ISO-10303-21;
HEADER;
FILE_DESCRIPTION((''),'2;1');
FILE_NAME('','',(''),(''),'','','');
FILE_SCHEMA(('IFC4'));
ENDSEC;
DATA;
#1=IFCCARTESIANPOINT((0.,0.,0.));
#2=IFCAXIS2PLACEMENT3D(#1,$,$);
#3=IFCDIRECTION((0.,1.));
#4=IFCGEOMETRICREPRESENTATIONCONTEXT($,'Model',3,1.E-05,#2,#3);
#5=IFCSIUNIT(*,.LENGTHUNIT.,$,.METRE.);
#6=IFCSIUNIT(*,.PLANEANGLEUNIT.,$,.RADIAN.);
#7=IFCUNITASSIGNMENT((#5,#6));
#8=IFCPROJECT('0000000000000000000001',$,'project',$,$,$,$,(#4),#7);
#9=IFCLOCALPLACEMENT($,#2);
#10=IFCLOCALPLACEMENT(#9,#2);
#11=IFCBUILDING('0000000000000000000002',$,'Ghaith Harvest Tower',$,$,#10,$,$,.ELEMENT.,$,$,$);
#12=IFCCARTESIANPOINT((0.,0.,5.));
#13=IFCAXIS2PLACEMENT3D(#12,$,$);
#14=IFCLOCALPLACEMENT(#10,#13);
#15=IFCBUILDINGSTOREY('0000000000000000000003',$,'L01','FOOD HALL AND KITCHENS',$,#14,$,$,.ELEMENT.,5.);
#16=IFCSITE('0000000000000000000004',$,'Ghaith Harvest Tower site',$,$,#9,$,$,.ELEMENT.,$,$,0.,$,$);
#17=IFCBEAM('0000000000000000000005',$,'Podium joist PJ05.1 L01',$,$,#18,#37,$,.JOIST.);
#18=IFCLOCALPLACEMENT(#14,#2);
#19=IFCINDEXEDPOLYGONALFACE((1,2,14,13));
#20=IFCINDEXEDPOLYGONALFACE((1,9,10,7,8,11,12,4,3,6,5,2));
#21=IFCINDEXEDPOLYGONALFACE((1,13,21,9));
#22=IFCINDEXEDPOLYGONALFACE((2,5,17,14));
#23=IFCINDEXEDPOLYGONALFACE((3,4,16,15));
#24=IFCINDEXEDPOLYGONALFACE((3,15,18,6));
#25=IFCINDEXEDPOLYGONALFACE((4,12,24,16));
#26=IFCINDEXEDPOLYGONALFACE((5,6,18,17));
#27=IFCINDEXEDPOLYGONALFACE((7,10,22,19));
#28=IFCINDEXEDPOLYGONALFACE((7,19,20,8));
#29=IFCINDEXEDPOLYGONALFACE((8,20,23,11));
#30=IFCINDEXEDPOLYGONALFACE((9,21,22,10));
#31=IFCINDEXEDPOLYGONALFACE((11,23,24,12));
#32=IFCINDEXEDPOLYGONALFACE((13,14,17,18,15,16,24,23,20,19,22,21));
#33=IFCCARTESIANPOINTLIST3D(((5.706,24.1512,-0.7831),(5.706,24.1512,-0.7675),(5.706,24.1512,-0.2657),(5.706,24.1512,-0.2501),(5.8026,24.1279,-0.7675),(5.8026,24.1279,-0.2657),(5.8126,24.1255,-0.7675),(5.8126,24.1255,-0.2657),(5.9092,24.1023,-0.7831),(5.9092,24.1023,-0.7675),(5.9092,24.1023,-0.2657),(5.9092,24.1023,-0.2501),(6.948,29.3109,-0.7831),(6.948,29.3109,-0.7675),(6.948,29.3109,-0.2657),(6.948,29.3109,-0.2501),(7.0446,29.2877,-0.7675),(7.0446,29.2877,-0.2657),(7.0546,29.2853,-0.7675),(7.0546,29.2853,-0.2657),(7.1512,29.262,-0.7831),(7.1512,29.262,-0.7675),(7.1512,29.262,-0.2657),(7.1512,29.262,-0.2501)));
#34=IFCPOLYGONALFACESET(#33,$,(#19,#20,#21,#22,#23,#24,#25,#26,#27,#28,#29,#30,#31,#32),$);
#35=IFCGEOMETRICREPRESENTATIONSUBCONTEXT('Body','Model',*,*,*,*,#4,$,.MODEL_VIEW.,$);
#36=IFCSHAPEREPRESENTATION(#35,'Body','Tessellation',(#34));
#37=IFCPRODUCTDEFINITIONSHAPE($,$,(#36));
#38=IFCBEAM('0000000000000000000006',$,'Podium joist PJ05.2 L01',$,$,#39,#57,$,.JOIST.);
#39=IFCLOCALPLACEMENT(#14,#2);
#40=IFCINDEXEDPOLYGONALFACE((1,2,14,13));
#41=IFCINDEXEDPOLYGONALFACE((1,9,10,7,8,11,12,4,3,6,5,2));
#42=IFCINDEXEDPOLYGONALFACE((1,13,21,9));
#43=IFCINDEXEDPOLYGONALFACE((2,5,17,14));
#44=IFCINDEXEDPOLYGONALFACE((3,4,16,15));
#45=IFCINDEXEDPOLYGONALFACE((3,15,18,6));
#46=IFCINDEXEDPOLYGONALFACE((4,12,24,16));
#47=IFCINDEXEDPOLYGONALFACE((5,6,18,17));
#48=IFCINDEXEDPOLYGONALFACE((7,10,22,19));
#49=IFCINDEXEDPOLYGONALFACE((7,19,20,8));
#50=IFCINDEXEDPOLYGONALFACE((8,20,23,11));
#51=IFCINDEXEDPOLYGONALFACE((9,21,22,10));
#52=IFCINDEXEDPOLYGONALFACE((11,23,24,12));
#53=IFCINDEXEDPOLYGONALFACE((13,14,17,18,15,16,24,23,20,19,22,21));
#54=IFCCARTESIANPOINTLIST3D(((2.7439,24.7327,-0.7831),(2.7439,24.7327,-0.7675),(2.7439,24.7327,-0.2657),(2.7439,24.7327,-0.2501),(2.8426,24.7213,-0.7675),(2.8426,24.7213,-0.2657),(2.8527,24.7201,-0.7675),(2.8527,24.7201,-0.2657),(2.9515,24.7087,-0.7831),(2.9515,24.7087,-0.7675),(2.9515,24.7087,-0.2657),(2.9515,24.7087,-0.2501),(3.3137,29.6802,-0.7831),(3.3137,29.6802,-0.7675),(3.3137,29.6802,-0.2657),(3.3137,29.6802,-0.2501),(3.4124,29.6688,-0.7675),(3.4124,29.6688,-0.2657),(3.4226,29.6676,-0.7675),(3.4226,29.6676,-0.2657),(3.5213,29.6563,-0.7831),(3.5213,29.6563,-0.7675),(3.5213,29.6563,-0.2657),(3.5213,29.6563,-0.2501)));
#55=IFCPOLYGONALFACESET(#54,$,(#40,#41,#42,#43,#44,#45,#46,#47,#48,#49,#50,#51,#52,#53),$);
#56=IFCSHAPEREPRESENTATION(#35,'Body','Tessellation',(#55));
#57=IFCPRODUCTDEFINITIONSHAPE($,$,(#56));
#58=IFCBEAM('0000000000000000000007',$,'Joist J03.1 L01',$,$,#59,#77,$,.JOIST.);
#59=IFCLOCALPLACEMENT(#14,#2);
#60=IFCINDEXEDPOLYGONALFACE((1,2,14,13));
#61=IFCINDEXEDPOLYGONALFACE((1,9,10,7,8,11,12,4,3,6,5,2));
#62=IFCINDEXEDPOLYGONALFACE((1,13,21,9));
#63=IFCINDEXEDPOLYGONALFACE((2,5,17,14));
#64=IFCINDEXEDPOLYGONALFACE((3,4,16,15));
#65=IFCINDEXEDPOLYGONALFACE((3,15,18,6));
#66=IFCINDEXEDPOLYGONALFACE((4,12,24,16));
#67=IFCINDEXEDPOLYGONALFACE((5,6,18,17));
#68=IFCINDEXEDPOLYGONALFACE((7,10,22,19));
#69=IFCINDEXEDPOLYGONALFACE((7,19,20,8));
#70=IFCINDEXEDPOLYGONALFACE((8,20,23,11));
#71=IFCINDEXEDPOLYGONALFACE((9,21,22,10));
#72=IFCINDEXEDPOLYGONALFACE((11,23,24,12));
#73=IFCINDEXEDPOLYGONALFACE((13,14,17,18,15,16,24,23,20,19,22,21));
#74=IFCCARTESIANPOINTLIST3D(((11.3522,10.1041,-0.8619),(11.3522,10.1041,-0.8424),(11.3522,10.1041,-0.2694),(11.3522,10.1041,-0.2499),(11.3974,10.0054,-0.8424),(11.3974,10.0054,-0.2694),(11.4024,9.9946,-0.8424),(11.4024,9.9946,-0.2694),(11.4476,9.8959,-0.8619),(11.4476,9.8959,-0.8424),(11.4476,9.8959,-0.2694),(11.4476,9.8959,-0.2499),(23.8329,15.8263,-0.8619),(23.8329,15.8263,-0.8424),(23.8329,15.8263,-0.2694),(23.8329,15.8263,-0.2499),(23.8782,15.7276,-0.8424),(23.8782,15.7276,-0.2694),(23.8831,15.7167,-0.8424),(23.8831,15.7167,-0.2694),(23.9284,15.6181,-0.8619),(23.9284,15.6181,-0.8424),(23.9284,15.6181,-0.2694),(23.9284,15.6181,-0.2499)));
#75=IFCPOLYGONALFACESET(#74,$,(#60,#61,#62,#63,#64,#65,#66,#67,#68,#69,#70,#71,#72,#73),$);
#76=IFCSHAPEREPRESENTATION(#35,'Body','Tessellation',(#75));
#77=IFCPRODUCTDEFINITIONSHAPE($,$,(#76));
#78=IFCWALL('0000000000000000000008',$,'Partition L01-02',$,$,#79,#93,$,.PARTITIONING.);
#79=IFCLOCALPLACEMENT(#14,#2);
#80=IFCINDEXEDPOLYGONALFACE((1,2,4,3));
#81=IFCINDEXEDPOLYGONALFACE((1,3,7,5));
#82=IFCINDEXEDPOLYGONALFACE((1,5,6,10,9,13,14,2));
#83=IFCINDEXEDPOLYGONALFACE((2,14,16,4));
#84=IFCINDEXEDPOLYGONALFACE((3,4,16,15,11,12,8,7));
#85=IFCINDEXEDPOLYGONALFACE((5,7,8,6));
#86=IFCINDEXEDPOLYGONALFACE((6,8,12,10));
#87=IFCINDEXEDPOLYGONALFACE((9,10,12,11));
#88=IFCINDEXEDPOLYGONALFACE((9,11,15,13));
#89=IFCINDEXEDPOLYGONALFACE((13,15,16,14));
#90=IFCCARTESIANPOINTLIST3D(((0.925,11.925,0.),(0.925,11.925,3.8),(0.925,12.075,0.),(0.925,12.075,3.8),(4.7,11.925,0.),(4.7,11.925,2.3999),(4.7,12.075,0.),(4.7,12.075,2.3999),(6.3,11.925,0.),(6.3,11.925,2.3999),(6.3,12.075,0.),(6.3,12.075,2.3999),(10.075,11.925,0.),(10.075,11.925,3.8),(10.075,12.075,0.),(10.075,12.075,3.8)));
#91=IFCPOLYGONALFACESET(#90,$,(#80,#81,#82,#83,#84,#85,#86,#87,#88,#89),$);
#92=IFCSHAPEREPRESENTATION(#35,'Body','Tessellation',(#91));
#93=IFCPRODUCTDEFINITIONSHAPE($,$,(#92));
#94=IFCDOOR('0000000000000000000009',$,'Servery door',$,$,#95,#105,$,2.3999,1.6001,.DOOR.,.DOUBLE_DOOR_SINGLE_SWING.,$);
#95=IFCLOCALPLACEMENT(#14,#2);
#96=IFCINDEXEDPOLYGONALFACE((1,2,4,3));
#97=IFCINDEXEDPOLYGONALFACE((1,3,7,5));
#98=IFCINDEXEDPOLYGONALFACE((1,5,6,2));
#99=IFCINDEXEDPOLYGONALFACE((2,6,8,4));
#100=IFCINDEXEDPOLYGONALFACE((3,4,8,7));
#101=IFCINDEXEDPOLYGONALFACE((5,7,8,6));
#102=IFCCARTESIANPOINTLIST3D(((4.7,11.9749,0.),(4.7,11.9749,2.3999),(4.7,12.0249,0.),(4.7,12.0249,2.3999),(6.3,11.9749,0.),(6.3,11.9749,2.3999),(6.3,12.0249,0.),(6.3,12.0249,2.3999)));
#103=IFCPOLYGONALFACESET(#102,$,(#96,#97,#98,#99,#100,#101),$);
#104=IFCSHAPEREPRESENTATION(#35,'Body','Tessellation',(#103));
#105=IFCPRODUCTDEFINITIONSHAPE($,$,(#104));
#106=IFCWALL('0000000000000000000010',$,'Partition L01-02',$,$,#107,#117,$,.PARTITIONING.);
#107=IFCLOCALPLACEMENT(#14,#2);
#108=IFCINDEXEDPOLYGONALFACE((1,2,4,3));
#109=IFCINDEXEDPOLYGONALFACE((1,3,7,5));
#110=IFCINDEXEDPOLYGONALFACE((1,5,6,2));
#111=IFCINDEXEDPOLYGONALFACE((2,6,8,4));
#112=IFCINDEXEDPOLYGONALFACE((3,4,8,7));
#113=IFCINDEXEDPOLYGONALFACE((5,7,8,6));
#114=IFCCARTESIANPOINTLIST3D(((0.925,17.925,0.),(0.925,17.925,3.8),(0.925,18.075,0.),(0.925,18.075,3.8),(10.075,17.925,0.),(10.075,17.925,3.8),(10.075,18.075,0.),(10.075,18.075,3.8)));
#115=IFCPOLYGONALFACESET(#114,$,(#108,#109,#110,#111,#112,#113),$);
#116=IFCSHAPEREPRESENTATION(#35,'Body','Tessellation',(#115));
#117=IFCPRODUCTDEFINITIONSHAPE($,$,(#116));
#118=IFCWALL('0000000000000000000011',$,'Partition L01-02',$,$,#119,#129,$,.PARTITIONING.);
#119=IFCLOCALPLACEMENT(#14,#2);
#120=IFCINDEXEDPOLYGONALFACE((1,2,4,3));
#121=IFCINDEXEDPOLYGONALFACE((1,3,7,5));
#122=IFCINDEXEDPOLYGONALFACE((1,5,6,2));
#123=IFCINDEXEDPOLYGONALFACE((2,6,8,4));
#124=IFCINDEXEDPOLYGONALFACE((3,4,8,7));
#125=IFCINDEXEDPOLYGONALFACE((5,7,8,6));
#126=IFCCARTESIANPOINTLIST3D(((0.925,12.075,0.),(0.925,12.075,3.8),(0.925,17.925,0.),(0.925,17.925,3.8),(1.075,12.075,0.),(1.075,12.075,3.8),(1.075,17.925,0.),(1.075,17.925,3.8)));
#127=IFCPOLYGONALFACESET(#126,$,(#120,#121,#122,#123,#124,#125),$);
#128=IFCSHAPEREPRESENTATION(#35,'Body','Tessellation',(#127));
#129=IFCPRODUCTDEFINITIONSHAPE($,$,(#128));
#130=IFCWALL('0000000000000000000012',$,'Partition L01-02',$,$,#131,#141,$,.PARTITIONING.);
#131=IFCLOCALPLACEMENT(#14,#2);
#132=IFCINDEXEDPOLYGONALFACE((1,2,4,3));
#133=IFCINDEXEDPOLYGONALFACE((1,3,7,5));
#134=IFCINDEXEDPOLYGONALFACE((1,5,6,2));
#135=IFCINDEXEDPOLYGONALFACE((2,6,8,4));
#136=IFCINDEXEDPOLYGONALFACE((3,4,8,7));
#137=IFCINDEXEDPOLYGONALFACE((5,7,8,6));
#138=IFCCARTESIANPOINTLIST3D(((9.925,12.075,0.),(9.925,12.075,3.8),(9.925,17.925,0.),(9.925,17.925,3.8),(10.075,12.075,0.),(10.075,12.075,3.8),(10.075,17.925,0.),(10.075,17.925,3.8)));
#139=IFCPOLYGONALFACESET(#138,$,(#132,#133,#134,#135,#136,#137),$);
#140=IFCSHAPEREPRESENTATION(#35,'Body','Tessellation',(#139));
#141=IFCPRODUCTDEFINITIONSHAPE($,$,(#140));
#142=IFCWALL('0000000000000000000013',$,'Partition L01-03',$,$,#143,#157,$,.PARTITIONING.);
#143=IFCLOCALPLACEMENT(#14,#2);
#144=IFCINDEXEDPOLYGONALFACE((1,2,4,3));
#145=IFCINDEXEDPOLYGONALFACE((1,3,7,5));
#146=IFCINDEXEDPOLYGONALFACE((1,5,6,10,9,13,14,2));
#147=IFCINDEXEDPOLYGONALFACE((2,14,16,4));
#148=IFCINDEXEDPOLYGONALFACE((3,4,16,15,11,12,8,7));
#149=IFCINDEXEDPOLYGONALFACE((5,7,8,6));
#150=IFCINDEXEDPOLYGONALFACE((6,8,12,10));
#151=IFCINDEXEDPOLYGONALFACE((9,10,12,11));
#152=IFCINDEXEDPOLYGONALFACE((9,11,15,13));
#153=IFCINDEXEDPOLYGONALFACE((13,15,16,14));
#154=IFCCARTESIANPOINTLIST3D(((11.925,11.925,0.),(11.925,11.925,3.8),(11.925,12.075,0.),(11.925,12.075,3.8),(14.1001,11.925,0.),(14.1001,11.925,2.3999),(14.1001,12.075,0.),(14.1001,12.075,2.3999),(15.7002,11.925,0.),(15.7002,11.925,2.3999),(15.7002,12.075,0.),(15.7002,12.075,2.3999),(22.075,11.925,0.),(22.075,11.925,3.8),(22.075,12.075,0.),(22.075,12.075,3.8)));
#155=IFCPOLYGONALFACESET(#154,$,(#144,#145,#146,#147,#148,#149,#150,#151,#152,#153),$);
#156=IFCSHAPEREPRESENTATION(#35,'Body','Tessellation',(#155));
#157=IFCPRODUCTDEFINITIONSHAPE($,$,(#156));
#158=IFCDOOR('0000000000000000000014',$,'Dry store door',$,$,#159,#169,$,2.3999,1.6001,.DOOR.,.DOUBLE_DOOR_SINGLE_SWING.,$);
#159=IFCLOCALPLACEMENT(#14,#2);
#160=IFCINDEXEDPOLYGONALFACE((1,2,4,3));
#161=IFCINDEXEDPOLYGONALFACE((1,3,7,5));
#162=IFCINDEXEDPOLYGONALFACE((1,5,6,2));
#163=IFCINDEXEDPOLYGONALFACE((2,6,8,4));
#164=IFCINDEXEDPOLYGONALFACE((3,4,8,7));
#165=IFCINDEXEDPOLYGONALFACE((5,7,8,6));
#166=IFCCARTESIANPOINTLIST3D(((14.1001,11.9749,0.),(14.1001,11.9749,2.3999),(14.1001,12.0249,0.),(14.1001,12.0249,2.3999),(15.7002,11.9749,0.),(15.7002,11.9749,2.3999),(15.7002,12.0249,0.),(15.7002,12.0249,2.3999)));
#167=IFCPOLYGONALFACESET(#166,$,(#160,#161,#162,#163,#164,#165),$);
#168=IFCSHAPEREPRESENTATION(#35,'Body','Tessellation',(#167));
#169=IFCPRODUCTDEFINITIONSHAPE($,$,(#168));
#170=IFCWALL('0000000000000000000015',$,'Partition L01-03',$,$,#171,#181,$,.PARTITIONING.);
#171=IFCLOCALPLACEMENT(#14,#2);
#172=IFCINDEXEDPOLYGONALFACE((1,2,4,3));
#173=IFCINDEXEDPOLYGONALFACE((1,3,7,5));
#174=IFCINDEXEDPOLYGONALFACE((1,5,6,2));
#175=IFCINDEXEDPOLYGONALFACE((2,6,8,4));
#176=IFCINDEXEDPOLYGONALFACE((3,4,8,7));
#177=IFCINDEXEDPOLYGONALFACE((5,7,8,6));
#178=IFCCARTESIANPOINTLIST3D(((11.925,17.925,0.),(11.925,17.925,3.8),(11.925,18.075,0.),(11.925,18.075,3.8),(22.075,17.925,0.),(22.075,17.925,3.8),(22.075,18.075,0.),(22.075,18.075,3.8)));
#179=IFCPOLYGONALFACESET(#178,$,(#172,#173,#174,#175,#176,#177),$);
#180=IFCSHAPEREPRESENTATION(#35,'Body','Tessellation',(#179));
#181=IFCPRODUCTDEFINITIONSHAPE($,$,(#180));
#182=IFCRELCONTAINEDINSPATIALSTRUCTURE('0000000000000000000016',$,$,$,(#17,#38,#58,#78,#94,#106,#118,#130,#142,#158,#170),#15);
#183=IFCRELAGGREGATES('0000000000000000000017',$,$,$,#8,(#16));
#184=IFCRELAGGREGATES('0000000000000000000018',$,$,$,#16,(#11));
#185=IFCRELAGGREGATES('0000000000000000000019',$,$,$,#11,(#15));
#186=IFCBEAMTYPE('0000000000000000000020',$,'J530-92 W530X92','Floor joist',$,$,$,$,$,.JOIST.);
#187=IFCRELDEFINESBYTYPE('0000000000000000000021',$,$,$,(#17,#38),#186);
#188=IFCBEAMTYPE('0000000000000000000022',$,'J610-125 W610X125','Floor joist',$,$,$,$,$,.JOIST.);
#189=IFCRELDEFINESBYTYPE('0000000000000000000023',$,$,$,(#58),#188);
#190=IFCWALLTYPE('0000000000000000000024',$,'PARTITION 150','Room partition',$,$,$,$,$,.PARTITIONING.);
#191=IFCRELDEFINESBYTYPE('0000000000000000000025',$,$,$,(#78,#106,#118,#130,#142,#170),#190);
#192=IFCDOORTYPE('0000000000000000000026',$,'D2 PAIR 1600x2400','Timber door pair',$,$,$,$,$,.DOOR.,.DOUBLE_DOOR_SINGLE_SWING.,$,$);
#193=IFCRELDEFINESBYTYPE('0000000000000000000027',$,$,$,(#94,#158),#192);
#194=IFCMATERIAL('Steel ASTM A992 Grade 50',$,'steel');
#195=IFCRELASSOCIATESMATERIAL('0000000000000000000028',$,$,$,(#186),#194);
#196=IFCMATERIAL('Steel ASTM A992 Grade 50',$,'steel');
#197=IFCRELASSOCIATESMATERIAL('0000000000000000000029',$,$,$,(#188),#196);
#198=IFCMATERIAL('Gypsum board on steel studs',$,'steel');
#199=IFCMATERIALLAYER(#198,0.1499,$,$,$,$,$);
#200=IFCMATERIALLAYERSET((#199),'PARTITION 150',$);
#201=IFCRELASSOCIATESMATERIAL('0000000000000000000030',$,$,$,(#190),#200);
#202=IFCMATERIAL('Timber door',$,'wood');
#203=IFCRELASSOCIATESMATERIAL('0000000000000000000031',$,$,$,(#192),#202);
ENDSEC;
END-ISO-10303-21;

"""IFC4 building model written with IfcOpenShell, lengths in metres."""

from ifc_helpers import new_model, si_unit, direction, frame, frame_2d, origin, origin_2d, place, context, subcontext, project, spatial, rectangle, i_section, extrude, material, layer, layer_set, material_profile, profile_set, type_object, element, fill, save


model = new_model("IFC4")

# Units and contexts
model_context = context("Model", 3, precision=1e-05, world=origin(), true_north=direction((0.0, 1.0)))
body_context = subcontext(model_context, "Body", "Model", "MODEL_VIEW")
ifc_project = project(units=[si_unit("LENGTHUNIT", "METRE"), si_unit("PLANEANGLEUNIT", "RADIAN")], contexts=[model_context])

# Site, building, storey
site_placement = place(None, origin())
site = spatial("IfcSite", under=ifc_project, at=site_placement, Name="Ghaith Harvest Tower site", CompositionType="ELEMENT", RefElevation=0.0)
building_placement = place(site_placement, origin())
building = spatial("IfcBuilding", under=site, at=building_placement, Name="Ghaith Harvest Tower", CompositionType="ELEMENT")
storey_placement = place(building_placement, frame((0.0, 0.0, 5.0)))
storey = spatial("IfcBuildingStorey", under=building, at=storey_placement, Name="L01", Description="FOOD HALL AND KITCHENS", CompositionType="ELEMENT", Elevation=5.0)

# Beams
ifc_material_1 = material(Name="Steel ASTM A992 Grade 50", Category="steel")
ifc_material_profile_1 = material_profile(ifc_material_1, i_section(OverallWidth=0.209, OverallDepth=0.533, WebThickness=0.0103, FlangeThickness=0.0156, at=origin_2d()), Name="W530X92")
ifc_profile_set_1 = profile_set([ifc_material_profile_1], Name="Steel ASTM A992 Grade 50")
beam_type_1 = type_object("IfcBeamType", Name="J530-92 W530X92", Description="Floor joist", PredefinedType="JOIST", material=ifc_profile_set_1)
beam_1_placement = place(storey_placement, frame((5.8076, 24.1267, -0.5166), z_axis=(0.234018, 0.972232, 0.0), x_axis=(-0.972232, 0.234018, 0.0)))
element("IfcBeam", 1, at=beam_1_placement, inside=storey, type_object=beam_type_1, Name="Podium joist PJ05.1 L01", PredefinedType="JOIST", context=body_context, shape_type="SweptSolid", body=[
    extrude(i_section(OverallWidth=0.209, OverallDepth=0.533, WebThickness=0.0103, FlangeThickness=0.0156, at=origin_2d()), origin(), (0.0, 0.0, 1.0), 5.3071),
])
beam_2_placement = place(storey_placement, frame((2.8477, 24.7207, -0.5166), z_axis=(0.114418, 0.993433, 0.0), x_axis=(-0.993433, 0.114418, 0.0)))
element("IfcBeam", 2, at=beam_2_placement, inside=storey, type_object=beam_type_1, Name="Podium joist PJ05.2 L01", PredefinedType="JOIST", context=body_context, shape_type="SweptSolid", body=[
    extrude(i_section(OverallWidth=0.209, OverallDepth=0.533, WebThickness=0.0103, FlangeThickness=0.0156, at=origin_2d()), origin(), (0.0, 0.0, 1.0), 4.9802),
])
ifc_material_2 = material(Name="Steel ASTM A992 Grade 50", Category="steel")
ifc_material_profile_2 = material_profile(ifc_material_2, i_section(OverallWidth=0.229, OverallDepth=0.6121, WebThickness=0.012, FlangeThickness=0.0195, at=origin_2d()), Name="W610X125")
ifc_profile_set_2 = profile_set([ifc_material_profile_2], Name="Steel ASTM A992 Grade 50")
beam_type_2 = type_object("IfcBeamType", Name="J610-125 W610X125", Description="Floor joist", PredefinedType="JOIST", material=ifc_profile_set_2)
beam_3_placement = place(storey_placement, frame((11.3999, 10.0, -0.5559), z_axis=(0.909014, 0.416766, 0.0), x_axis=(-0.416766, 0.909014, 0.0)))
element("IfcBeam", 3, at=beam_3_placement, inside=storey, type_object=beam_type_2, Name="Joist J03.1 L01", PredefinedType="JOIST", context=body_context, shape_type="SweptSolid", body=[
    extrude(i_section(OverallWidth=0.229, OverallDepth=0.6121, WebThickness=0.012, FlangeThickness=0.0195, at=origin_2d()), origin(), (0.0, 0.0, 1.0), 13.73),
])

# Wall, opening, door
ifc_material_3 = material(Name="Gypsum board on steel studs", Category="steel")
ifc_layer_1 = layer(ifc_material_3, 0.1499)
ifc_layer_set_1 = layer_set([ifc_layer_1], Name="PARTITION 150")
wall_type = type_object("IfcWallType", Name="PARTITION 150", Description="Room partition", PredefinedType="PARTITIONING", material=ifc_layer_set_1)
wall_1_placement = place(storey_placement, frame((0.925, 12.0, 0.0), z_axis=(0.0, 0.0, 1.0), x_axis=(1.0, 0.0, 0.0)))
wall_1 = element("IfcWall", 4, at=wall_1_placement, inside=storey, type_object=wall_type, Name="Partition L01-02", PredefinedType="PARTITIONING", context=body_context, shape_type="SweptSolid", body=[
    extrude(rectangle(XDim=9.1499, YDim=0.1499, at=frame_2d((4.575, 0.0))), origin(), (0.0, 0.0, 1.0), 3.8),
])
opening_1_placement = place(wall_1_placement, frame((3.7749, 0.0, 0.0)))
opening_1 = element("IfcOpeningElement", 5, at=opening_1_placement, cuts=wall_1, PredefinedType="OPENING", context=body_context, shape_type="SweptSolid", body=[
    extrude(rectangle(XDim=1.6001, YDim=2.3999, at=frame_2d((0.8, 1.2))), frame((0.0, 0.085, 0.0), z_axis=(0.0, -1.0, 0.0), x_axis=(1.0, 0.0, 0.0)), (0.0, 0.0, 1.0), 0.1699),
])
ifc_material_4 = material(Name="Timber door", Category="wood")
door_type = type_object("IfcDoorType", Name="D2 PAIR 1600x2400", Description="Timber door pair", OperationType="DOUBLE_DOOR_SINGLE_SWING", PredefinedType="DOOR", material=ifc_material_4)
door_1_placement = place(opening_1_placement, origin())
door_1 = element("IfcDoor", 6, at=door_1_placement, inside=storey, type_object=door_type, Name="Servery door", OperationType="DOUBLE_DOOR_SINGLE_SWING", OverallHeight=2.3999, OverallWidth=1.6001, PredefinedType="DOOR", context=body_context, shape_type="SweptSolid", body=[
    extrude(rectangle(XDim=1.6001, YDim=2.3999, at=frame_2d((0.8, 1.2))), frame((0.0, 0.0249, 0.0), z_axis=(0.0, -1.0, 0.0), x_axis=(1.0, 0.0, 0.0)), (0.0, 0.0, 1.0), 0.05),
])
fill(opening_1, door_1)

# Walls
wall_2_placement = place(storey_placement, frame((0.925, 18.0, 0.0), z_axis=(0.0, 0.0, 1.0), x_axis=(1.0, 0.0, 0.0)))
element("IfcWall", 7, at=wall_2_placement, inside=storey, type_object=wall_type, Name="Partition L01-02", PredefinedType="PARTITIONING", context=body_context, shape_type="SweptSolid", body=[
    extrude(rectangle(XDim=9.1499, YDim=0.1499, at=frame_2d((4.575, 0.0))), origin(), (0.0, 0.0, 1.0), 3.8),
])
for number, where, z_axis, x_axis, name in (
    (8, (1.0, 12.075, 0.0), (0.0, 0.0, 1.0), (0.0, 1.0, 0.0), "Partition L01-02"),
    (9, (10.0, 12.075, 0.0), (0.0, 0.0, 1.0), (0.0, 1.0, 0.0), "Partition L01-02"),
):
    element("IfcWall", number, at=place(storey_placement, frame(where, z_axis=z_axis, x_axis=x_axis)), inside=storey, type_object=wall_type, Name=name, PredefinedType="PARTITIONING", context=body_context, shape_type="SweptSolid", body=[
        extrude(rectangle(XDim=5.8501, YDim=0.1499, at=frame_2d((2.925, 0.0))), origin(), (0.0, 0.0, 1.0), 3.8),
    ])

# Wall, opening, door
wall_3_placement = place(storey_placement, frame((11.925, 12.0, 0.0), z_axis=(0.0, 0.0, 1.0), x_axis=(1.0, 0.0, 0.0)))
wall_3 = element("IfcWall", 10, at=wall_3_placement, inside=storey, type_object=wall_type, Name="Partition L01-03", PredefinedType="PARTITIONING", context=body_context, shape_type="SweptSolid", body=[
    extrude(rectangle(XDim=10.1499, YDim=0.1499, at=frame_2d((5.075, 0.0))), origin(), (0.0, 0.0, 1.0), 3.8),
])
opening_2_placement = place(wall_3_placement, frame((2.175, 0.0, 0.0)))
opening_2 = element("IfcOpeningElement", 11, at=opening_2_placement, cuts=wall_3, PredefinedType="OPENING", context=body_context, shape_type="SweptSolid", body=[
    extrude(rectangle(XDim=1.6001, YDim=2.3999, at=frame_2d((0.8, 1.2))), frame((0.0, 0.085, 0.0), z_axis=(0.0, -1.0, 0.0), x_axis=(1.0, 0.0, 0.0)), (0.0, 0.0, 1.0), 0.1699),
])
door_2_placement = place(opening_2_placement, origin())
door_2 = element("IfcDoor", 12, at=door_2_placement, inside=storey, type_object=door_type, Name="Dry store door", OperationType="DOUBLE_DOOR_SINGLE_SWING", OverallHeight=2.3999, OverallWidth=1.6001, PredefinedType="DOOR", context=body_context, shape_type="SweptSolid", body=[
    extrude(rectangle(XDim=1.6001, YDim=2.3999, at=frame_2d((0.8, 1.2))), frame((0.0, 0.0249, 0.0), z_axis=(0.0, -1.0, 0.0), x_axis=(1.0, 0.0, 0.0)), (0.0, 0.0, 1.0), 0.05),
])
fill(opening_2, door_2)

# Wall
wall_4_placement = place(storey_placement, frame((11.925, 18.0, 0.0), z_axis=(0.0, 0.0, 1.0), x_axis=(1.0, 0.0, 0.0)))
element("IfcWall", 13, at=wall_4_placement, inside=storey, type_object=wall_type, Name="Partition L01-03", PredefinedType="PARTITIONING", context=body_context, shape_type="SweptSolid", body=[
    extrude(rectangle(XDim=10.1499, YDim=0.1499, at=frame_2d((5.075, 0.0))), origin(), (0.0, 0.0, 1.0), 3.8),
])

save(model, "model.ifc")
